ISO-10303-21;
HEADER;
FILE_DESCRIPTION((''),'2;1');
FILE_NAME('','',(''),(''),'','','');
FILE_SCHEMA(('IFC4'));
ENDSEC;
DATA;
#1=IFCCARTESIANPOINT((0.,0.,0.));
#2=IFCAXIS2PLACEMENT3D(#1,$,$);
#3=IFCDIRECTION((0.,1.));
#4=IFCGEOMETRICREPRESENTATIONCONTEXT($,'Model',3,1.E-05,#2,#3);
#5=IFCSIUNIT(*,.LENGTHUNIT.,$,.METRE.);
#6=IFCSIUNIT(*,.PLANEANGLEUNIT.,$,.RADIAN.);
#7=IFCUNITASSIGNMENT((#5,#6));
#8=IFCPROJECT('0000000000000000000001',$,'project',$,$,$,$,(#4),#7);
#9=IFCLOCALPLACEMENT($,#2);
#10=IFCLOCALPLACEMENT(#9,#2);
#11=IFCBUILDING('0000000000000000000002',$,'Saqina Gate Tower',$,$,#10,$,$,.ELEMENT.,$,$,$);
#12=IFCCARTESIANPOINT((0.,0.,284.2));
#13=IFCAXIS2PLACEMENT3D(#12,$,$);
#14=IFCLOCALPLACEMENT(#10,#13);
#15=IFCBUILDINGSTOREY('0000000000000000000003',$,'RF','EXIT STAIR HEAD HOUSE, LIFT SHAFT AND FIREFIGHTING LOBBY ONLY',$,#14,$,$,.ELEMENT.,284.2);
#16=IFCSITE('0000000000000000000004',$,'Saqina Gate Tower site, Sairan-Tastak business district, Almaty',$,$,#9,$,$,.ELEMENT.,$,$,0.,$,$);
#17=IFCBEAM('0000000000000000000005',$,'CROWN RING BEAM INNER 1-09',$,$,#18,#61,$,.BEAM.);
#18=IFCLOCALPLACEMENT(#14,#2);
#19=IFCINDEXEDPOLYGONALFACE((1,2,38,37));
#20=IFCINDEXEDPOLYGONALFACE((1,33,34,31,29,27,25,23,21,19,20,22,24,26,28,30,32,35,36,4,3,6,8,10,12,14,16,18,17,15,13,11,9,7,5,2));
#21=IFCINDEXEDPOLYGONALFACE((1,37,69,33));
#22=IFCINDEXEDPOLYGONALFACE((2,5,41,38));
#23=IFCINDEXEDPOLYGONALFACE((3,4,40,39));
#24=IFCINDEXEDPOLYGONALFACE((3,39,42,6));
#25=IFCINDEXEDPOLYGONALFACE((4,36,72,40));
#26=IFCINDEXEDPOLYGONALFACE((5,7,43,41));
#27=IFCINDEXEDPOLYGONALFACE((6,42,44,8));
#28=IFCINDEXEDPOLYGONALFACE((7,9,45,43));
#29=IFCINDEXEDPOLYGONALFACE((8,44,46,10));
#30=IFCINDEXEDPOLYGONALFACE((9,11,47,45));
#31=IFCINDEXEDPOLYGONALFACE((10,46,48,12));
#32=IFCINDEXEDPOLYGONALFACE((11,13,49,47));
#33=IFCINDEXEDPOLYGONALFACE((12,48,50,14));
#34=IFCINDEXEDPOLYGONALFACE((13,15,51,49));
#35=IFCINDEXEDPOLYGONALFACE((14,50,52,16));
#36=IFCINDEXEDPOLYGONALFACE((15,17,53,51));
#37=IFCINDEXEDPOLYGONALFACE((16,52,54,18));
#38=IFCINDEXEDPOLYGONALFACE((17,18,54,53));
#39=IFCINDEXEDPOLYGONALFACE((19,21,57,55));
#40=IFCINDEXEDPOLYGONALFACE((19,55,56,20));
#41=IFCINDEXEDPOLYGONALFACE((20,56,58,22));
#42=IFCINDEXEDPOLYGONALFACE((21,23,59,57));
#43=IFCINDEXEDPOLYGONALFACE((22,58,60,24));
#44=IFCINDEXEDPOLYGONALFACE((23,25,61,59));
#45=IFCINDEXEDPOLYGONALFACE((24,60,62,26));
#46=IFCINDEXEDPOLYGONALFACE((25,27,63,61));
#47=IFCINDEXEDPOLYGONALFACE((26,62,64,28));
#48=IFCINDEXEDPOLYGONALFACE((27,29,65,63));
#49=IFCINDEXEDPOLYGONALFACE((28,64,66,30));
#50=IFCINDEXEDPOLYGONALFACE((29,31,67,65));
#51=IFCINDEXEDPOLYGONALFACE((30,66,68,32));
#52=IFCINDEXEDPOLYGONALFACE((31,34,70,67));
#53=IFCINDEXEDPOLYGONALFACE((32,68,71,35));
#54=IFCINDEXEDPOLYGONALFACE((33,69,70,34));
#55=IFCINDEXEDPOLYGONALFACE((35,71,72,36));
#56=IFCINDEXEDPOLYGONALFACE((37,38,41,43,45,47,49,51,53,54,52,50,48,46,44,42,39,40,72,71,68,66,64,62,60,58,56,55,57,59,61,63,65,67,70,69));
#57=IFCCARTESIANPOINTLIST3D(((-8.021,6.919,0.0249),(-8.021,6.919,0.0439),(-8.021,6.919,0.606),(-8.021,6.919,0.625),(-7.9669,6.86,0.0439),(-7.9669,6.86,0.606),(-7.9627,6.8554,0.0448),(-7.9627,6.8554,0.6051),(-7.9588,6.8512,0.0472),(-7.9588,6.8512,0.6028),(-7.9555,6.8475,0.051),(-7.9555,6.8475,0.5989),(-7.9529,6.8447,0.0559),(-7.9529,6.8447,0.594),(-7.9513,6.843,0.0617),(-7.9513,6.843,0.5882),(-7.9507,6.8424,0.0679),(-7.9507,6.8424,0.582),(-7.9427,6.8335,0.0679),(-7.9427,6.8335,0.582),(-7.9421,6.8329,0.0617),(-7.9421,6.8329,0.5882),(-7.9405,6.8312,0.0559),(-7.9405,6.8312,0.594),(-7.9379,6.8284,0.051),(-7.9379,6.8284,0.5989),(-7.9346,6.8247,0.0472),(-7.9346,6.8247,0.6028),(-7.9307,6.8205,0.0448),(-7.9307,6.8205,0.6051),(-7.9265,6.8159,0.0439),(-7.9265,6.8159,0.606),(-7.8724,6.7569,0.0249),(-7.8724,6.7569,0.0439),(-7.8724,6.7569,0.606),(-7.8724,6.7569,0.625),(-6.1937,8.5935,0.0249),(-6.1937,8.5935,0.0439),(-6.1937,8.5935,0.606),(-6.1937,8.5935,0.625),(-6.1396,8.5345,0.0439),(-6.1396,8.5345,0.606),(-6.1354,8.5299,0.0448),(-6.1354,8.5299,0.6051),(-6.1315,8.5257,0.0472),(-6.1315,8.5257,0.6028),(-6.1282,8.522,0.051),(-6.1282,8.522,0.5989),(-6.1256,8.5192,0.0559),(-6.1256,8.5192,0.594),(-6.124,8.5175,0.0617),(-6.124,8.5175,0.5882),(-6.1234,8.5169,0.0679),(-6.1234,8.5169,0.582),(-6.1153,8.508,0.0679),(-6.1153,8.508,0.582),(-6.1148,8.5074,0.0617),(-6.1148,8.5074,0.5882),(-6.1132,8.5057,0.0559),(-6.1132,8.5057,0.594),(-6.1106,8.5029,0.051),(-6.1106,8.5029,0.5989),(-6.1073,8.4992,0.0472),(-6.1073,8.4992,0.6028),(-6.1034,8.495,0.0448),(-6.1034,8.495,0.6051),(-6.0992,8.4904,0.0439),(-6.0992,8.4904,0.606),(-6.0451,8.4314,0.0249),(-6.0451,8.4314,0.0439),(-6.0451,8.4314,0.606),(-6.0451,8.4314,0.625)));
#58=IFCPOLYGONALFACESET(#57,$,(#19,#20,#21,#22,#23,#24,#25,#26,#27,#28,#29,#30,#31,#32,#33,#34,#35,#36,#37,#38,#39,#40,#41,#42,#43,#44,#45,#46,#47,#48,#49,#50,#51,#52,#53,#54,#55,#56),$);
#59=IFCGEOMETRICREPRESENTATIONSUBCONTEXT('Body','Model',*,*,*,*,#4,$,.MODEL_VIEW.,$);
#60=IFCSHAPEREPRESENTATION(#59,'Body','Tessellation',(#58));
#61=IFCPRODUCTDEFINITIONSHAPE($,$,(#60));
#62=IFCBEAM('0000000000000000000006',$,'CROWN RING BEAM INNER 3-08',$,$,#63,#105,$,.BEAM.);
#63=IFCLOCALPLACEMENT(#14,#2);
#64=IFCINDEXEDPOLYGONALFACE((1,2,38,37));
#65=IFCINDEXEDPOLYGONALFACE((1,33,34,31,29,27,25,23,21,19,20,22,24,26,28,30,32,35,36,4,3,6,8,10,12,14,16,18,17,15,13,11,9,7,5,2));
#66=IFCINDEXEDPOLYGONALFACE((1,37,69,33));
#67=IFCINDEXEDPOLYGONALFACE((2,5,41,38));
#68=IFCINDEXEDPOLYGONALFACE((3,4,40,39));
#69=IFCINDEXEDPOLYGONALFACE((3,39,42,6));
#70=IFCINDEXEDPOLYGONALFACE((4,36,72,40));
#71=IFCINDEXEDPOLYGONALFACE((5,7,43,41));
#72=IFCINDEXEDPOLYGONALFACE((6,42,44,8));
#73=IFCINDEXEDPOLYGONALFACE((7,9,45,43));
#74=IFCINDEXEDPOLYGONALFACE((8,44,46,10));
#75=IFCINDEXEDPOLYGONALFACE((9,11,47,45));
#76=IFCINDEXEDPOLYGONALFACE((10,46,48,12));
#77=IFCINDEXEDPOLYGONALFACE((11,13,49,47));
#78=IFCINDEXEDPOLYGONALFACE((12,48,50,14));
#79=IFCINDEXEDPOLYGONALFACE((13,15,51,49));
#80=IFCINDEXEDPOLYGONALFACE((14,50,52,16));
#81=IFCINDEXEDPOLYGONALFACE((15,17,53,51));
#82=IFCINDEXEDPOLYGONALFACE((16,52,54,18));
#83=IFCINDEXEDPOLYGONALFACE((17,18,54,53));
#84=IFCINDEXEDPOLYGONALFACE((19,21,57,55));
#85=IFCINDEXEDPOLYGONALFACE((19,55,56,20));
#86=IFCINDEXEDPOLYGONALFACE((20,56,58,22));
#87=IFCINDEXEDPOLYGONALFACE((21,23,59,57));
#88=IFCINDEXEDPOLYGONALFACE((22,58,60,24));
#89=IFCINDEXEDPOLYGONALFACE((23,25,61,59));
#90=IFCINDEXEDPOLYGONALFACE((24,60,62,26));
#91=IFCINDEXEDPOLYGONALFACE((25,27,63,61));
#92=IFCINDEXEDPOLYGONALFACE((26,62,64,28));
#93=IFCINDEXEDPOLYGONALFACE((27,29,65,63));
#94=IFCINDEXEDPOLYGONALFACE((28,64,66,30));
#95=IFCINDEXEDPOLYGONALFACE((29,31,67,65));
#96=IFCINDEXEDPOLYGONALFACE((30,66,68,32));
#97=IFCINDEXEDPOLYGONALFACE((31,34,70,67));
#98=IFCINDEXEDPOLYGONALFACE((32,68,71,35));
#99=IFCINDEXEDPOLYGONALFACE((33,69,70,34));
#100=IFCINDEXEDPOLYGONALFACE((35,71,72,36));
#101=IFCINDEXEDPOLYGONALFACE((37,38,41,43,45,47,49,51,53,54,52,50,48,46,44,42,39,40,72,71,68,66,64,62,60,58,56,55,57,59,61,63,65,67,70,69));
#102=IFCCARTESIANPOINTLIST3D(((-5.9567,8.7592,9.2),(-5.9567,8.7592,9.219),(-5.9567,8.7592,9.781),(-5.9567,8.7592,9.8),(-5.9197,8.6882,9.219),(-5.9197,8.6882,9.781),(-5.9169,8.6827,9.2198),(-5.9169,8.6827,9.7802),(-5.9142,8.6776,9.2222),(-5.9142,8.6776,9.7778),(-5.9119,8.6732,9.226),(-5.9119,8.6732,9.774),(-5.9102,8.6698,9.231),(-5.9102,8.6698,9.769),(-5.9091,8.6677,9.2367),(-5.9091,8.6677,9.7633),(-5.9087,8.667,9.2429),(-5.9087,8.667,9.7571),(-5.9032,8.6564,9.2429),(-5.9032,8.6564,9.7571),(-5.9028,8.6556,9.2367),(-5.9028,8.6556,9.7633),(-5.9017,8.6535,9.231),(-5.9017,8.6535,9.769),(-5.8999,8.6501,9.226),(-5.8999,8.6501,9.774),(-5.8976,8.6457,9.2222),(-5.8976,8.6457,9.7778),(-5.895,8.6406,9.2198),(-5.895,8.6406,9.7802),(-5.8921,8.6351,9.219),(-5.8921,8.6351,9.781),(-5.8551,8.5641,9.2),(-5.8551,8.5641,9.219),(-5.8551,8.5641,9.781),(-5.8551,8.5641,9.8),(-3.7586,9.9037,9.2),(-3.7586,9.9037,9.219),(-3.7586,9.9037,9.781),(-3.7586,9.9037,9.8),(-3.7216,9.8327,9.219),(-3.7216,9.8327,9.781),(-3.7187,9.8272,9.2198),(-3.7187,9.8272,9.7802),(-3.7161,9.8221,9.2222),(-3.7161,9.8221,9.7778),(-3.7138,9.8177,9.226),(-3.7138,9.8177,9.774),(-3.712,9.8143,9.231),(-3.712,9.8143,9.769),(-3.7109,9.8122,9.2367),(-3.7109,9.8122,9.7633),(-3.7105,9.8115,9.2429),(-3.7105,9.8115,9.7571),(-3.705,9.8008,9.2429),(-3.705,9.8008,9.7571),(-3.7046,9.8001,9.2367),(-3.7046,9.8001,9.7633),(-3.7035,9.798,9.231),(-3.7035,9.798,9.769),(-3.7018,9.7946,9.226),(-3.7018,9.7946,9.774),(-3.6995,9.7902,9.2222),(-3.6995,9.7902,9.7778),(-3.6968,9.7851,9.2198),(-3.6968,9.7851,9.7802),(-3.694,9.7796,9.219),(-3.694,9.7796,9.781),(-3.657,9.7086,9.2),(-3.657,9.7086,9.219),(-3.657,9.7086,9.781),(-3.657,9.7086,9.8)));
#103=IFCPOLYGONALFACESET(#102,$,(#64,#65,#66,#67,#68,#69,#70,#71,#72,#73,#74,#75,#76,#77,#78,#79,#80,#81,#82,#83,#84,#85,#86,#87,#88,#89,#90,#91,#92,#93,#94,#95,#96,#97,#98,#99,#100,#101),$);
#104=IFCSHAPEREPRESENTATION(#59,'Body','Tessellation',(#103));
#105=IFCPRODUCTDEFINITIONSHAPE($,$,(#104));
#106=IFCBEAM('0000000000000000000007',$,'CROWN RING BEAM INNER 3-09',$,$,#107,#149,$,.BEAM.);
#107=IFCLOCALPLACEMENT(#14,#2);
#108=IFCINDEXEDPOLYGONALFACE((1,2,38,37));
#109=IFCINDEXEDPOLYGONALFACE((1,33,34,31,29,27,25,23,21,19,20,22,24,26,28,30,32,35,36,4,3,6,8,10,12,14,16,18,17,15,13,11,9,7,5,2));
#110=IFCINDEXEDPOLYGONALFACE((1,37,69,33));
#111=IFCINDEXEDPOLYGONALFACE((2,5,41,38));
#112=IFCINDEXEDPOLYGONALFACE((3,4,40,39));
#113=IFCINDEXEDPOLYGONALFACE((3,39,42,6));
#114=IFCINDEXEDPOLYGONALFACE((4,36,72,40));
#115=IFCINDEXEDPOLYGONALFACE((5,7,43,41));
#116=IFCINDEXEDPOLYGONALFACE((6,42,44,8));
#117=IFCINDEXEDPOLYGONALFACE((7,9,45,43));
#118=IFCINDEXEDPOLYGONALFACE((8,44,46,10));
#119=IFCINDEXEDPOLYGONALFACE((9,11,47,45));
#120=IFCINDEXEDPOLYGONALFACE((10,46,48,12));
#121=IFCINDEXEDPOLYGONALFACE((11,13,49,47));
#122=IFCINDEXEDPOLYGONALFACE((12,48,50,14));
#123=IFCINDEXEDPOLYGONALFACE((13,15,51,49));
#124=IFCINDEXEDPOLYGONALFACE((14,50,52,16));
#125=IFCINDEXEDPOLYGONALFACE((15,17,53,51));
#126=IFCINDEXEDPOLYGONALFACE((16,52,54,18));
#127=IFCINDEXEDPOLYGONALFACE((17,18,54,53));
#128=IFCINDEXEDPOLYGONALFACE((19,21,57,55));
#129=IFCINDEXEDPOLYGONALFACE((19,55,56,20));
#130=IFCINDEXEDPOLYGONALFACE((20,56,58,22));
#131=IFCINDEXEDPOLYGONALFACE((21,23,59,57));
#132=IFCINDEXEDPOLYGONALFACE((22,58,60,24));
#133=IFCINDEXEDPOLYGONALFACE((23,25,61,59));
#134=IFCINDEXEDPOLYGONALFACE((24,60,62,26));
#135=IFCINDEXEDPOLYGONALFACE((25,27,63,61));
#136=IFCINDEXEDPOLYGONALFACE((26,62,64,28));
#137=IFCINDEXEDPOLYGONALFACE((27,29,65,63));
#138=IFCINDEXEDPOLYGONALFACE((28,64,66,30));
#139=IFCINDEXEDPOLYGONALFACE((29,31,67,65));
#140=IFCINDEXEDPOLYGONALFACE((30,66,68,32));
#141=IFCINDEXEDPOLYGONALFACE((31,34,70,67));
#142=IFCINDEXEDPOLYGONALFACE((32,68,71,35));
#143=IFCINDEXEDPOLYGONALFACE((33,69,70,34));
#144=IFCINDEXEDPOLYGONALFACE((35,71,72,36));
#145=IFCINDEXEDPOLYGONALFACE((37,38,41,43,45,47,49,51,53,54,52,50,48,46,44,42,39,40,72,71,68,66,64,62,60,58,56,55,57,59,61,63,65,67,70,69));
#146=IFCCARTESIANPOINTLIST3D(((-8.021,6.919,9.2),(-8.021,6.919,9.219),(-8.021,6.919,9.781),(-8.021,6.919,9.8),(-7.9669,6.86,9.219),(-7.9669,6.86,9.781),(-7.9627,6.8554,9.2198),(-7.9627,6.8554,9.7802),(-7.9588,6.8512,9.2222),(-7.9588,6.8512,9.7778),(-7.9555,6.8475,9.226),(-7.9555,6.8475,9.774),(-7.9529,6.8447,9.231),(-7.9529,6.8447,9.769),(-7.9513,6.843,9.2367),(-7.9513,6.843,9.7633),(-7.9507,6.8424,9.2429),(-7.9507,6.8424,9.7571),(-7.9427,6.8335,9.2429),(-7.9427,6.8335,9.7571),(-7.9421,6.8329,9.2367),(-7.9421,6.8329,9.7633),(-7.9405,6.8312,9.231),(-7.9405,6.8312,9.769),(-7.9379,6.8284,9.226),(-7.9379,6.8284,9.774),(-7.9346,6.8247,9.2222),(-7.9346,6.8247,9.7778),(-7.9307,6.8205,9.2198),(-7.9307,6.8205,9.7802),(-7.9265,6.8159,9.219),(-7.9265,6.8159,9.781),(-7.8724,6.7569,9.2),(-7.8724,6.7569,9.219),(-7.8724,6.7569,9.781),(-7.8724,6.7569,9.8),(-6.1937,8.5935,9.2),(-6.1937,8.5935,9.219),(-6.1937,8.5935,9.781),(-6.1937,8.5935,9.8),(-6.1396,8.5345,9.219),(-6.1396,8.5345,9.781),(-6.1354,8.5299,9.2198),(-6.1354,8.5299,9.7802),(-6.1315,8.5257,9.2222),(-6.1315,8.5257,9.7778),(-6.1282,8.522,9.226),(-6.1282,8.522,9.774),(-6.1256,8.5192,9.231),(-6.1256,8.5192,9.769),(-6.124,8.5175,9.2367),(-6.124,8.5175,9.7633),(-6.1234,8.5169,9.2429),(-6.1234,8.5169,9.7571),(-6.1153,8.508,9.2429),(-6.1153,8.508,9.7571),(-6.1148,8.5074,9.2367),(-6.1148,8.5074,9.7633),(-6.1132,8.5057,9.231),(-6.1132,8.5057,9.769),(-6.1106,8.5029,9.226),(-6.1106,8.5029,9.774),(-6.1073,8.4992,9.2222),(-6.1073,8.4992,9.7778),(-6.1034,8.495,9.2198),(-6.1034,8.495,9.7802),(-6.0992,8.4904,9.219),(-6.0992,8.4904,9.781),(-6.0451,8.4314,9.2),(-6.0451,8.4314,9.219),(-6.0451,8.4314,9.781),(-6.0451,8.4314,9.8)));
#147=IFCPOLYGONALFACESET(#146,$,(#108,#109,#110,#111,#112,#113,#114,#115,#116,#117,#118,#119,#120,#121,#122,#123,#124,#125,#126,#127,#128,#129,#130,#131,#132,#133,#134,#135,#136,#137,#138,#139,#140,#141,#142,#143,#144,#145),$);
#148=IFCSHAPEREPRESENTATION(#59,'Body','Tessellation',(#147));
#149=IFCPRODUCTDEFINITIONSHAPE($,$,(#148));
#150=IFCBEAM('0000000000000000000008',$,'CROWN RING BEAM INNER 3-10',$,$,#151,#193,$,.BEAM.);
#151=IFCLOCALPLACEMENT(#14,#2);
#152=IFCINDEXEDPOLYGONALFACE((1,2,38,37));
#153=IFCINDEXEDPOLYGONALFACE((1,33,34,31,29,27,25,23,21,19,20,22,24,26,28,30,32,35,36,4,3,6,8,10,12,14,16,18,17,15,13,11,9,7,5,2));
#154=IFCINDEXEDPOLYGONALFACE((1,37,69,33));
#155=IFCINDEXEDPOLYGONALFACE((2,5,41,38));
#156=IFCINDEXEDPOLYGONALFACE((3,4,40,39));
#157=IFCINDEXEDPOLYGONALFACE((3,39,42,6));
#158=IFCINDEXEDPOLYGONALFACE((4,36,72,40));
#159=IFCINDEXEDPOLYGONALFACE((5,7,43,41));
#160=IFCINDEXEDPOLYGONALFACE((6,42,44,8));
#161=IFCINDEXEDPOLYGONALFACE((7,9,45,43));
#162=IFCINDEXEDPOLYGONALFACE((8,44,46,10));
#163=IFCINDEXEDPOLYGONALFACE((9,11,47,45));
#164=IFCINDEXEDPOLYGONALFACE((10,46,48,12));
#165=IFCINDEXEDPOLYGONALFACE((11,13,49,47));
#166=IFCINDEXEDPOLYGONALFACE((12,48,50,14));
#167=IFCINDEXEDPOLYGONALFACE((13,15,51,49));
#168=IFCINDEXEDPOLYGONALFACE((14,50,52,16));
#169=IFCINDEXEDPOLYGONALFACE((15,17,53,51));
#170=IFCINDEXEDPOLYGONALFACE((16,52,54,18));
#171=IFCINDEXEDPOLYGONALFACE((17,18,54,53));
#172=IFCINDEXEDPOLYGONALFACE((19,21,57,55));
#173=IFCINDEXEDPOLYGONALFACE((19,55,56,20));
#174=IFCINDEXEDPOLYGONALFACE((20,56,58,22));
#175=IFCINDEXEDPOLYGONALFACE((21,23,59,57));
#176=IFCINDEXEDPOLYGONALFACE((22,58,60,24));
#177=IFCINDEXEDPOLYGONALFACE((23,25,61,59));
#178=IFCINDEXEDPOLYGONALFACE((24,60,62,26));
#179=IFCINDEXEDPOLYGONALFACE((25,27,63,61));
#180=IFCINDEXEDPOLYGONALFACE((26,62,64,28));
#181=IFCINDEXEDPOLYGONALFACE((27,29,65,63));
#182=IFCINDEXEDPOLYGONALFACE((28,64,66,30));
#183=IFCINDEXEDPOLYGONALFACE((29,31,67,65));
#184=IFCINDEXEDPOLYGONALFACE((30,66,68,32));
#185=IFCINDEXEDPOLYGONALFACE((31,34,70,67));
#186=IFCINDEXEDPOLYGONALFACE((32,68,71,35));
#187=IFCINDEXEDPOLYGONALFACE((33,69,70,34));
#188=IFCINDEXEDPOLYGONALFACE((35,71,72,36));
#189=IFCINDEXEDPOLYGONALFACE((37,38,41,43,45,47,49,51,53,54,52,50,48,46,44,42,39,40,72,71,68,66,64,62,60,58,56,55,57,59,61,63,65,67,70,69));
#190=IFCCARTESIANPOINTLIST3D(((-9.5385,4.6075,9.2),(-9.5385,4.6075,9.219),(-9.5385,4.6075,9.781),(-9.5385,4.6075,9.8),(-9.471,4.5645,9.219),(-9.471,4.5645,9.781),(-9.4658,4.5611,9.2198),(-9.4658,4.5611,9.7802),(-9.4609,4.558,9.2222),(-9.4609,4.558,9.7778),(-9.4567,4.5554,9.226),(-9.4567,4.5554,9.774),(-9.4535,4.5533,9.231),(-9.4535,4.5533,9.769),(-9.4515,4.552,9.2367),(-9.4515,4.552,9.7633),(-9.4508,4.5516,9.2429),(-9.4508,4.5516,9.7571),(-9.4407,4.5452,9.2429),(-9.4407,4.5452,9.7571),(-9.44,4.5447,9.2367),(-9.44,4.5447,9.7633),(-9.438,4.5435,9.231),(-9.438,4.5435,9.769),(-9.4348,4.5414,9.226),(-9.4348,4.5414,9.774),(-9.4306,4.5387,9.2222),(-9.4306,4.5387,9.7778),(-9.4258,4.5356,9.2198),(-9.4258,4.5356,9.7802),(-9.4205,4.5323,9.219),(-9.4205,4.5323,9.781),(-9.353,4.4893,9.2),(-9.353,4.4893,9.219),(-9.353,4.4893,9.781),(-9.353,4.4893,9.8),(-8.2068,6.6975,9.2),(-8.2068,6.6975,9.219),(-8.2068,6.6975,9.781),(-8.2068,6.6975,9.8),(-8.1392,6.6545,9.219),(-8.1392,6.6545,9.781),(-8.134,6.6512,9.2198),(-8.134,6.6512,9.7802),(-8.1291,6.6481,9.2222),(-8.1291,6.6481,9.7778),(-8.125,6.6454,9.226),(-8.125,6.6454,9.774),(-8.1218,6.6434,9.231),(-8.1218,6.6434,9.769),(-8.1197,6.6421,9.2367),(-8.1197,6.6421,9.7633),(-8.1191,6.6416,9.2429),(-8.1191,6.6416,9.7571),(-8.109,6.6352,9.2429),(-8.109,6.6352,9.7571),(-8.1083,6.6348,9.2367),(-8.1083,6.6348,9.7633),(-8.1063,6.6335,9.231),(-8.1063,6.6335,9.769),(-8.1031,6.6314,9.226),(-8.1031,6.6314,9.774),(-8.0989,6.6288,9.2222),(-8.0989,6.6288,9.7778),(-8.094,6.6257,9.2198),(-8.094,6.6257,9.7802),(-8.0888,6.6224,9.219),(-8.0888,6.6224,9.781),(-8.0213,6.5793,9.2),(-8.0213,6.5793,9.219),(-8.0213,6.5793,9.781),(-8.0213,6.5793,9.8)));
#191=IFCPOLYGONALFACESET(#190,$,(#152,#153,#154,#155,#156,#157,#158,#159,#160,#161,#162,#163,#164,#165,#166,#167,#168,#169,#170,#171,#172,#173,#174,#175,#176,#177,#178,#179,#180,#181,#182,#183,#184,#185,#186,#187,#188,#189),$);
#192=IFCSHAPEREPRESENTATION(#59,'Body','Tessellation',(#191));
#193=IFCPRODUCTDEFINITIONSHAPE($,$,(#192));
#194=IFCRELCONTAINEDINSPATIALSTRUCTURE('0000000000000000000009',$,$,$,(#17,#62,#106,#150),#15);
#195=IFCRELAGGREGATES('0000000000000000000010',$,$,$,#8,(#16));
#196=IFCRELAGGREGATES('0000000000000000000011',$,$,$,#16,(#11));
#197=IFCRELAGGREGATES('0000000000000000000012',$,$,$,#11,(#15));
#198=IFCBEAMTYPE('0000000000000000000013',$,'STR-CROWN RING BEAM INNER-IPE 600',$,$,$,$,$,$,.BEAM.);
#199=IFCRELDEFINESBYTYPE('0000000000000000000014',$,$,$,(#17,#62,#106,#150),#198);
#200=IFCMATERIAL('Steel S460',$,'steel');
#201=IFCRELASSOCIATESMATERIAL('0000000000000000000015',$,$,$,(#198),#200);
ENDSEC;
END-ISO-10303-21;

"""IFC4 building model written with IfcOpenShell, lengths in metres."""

from ifc_helpers import new_model, si_unit, direction, frame, origin, origin_2d, place, context, subcontext, project, spatial, i_section, extrude, material, material_profile, profile_set, type_object, element, save


model = new_model("IFC4")

# Units and contexts
model_context = context("Model", 3, precision=1e-05, world=origin(), true_north=direction((0.0, 1.0)))
body_context = subcontext(model_context, "Body", "Model", "MODEL_VIEW")
ifc_project = project(units=[si_unit("LENGTHUNIT", "METRE"), si_unit("PLANEANGLEUNIT", "RADIAN")], contexts=[model_context])

# Site, building, storey
site_placement = place(None, origin())
site = spatial("IfcSite", under=ifc_project, at=site_placement, Name="Saqina Gate Tower site, Sairan-Tastak business district, Almaty", CompositionType="ELEMENT", RefElevation=0.0)
building_placement = place(site_placement, origin())
building = spatial("IfcBuilding", under=site, at=building_placement, Name="Saqina Gate Tower", CompositionType="ELEMENT")
storey_placement = place(building_placement, frame((0.0, 0.0, 284.2)))
storey = spatial("IfcBuildingStorey", under=building, at=storey_placement, Name="RF", Description="EXIT STAIR HEAD HOUSE, LIFT SHAFT AND FIREFIGHTING LOBBY ONLY", CompositionType="ELEMENT", Elevation=284.2)

# Beams
ifc_material_1 = material(Name="Steel S460", Category="steel")
ifc_material_profile_1 = material_profile(ifc_material_1, i_section(OverallWidth=0.22, OverallDepth=0.6001, WebThickness=0.012, FlangeThickness=0.019, FilletRadius=0.0239, at=origin_2d()), Name="IPE 600")
ifc_profile_set_1 = profile_set([ifc_material_profile_1], Name="Steel S460")
beam_type_1 = type_object("IfcBeamType", Name="STR-CROWN RING BEAM INNER-IPE 600", PredefinedType="BEAM", material=ifc_profile_set_1)
beam_1_placement = place(storey_placement, frame((-6.1194, 8.5125, 0.325), z_axis=(-0.737265, -0.675604, 0.0), x_axis=(0.675604, -0.737265, 0.0)))
element("IfcBeam", 1, at=beam_1_placement, inside=storey, type_object=beam_type_1, Name="CROWN RING BEAM INNER 1-09", PredefinedType="BEAM", context=body_context, shape_type="SweptSolid", body=[
    extrude(i_section(OverallWidth=0.22, OverallDepth=0.6001, WebThickness=0.012, FlangeThickness=0.019, FilletRadius=0.0239, at=origin_2d()), origin(), (0.0, 0.0, 1.0), 2.4785),
])
beam_2_placement = place(storey_placement, frame((-3.7078, 9.8062, 9.5), z_axis=(-0.886978, -0.461812, 0.0), x_axis=(0.461812, -0.886978, 0.0)))
element("IfcBeam", 2, at=beam_2_placement, inside=storey, type_object=beam_type_1, Name="CROWN RING BEAM INNER 3-08", PredefinedType="BEAM", context=body_context, shape_type="SweptSolid", body=[
    extrude(i_section(OverallWidth=0.22, OverallDepth=0.6001, WebThickness=0.012, FlangeThickness=0.019, FilletRadius=0.0239, at=origin_2d()), origin(), (0.0, 0.0, 1.0), 2.4783),
])
beam_3_placement = place(storey_placement, frame((-6.1194, 8.5125, 9.5), z_axis=(-0.737265, -0.675604, 0.0), x_axis=(0.675604, -0.737265, 0.0)))
element("IfcBeam", 3, at=beam_3_placement, inside=storey, type_object=beam_type_1, Name="CROWN RING BEAM INNER 3-09", PredefinedType="BEAM", context=body_context, shape_type="SweptSolid", body=[
    extrude(i_section(OverallWidth=0.22, OverallDepth=0.6001, WebThickness=0.012, FlangeThickness=0.019, FilletRadius=0.0239, at=origin_2d()), origin(), (0.0, 0.0, 1.0), 2.4785),
])
beam_4_placement = place(storey_placement, frame((-8.114, 6.6384, 9.5), z_axis=(-0.537373, -0.843345, 0.0), x_axis=(0.843345, -0.537373, 0.0)))
element("IfcBeam", 4, at=beam_4_placement, inside=storey, type_object=beam_type_1, Name="CROWN RING BEAM INNER 3-10", PredefinedType="BEAM", context=body_context, shape_type="SweptSolid", body=[
    extrude(i_section(OverallWidth=0.22, OverallDepth=0.6001, WebThickness=0.012, FlangeThickness=0.019, FilletRadius=0.0239, at=origin_2d()), origin(), (0.0, 0.0, 1.0), 2.4783),
])

save(model, "model.ifc")
